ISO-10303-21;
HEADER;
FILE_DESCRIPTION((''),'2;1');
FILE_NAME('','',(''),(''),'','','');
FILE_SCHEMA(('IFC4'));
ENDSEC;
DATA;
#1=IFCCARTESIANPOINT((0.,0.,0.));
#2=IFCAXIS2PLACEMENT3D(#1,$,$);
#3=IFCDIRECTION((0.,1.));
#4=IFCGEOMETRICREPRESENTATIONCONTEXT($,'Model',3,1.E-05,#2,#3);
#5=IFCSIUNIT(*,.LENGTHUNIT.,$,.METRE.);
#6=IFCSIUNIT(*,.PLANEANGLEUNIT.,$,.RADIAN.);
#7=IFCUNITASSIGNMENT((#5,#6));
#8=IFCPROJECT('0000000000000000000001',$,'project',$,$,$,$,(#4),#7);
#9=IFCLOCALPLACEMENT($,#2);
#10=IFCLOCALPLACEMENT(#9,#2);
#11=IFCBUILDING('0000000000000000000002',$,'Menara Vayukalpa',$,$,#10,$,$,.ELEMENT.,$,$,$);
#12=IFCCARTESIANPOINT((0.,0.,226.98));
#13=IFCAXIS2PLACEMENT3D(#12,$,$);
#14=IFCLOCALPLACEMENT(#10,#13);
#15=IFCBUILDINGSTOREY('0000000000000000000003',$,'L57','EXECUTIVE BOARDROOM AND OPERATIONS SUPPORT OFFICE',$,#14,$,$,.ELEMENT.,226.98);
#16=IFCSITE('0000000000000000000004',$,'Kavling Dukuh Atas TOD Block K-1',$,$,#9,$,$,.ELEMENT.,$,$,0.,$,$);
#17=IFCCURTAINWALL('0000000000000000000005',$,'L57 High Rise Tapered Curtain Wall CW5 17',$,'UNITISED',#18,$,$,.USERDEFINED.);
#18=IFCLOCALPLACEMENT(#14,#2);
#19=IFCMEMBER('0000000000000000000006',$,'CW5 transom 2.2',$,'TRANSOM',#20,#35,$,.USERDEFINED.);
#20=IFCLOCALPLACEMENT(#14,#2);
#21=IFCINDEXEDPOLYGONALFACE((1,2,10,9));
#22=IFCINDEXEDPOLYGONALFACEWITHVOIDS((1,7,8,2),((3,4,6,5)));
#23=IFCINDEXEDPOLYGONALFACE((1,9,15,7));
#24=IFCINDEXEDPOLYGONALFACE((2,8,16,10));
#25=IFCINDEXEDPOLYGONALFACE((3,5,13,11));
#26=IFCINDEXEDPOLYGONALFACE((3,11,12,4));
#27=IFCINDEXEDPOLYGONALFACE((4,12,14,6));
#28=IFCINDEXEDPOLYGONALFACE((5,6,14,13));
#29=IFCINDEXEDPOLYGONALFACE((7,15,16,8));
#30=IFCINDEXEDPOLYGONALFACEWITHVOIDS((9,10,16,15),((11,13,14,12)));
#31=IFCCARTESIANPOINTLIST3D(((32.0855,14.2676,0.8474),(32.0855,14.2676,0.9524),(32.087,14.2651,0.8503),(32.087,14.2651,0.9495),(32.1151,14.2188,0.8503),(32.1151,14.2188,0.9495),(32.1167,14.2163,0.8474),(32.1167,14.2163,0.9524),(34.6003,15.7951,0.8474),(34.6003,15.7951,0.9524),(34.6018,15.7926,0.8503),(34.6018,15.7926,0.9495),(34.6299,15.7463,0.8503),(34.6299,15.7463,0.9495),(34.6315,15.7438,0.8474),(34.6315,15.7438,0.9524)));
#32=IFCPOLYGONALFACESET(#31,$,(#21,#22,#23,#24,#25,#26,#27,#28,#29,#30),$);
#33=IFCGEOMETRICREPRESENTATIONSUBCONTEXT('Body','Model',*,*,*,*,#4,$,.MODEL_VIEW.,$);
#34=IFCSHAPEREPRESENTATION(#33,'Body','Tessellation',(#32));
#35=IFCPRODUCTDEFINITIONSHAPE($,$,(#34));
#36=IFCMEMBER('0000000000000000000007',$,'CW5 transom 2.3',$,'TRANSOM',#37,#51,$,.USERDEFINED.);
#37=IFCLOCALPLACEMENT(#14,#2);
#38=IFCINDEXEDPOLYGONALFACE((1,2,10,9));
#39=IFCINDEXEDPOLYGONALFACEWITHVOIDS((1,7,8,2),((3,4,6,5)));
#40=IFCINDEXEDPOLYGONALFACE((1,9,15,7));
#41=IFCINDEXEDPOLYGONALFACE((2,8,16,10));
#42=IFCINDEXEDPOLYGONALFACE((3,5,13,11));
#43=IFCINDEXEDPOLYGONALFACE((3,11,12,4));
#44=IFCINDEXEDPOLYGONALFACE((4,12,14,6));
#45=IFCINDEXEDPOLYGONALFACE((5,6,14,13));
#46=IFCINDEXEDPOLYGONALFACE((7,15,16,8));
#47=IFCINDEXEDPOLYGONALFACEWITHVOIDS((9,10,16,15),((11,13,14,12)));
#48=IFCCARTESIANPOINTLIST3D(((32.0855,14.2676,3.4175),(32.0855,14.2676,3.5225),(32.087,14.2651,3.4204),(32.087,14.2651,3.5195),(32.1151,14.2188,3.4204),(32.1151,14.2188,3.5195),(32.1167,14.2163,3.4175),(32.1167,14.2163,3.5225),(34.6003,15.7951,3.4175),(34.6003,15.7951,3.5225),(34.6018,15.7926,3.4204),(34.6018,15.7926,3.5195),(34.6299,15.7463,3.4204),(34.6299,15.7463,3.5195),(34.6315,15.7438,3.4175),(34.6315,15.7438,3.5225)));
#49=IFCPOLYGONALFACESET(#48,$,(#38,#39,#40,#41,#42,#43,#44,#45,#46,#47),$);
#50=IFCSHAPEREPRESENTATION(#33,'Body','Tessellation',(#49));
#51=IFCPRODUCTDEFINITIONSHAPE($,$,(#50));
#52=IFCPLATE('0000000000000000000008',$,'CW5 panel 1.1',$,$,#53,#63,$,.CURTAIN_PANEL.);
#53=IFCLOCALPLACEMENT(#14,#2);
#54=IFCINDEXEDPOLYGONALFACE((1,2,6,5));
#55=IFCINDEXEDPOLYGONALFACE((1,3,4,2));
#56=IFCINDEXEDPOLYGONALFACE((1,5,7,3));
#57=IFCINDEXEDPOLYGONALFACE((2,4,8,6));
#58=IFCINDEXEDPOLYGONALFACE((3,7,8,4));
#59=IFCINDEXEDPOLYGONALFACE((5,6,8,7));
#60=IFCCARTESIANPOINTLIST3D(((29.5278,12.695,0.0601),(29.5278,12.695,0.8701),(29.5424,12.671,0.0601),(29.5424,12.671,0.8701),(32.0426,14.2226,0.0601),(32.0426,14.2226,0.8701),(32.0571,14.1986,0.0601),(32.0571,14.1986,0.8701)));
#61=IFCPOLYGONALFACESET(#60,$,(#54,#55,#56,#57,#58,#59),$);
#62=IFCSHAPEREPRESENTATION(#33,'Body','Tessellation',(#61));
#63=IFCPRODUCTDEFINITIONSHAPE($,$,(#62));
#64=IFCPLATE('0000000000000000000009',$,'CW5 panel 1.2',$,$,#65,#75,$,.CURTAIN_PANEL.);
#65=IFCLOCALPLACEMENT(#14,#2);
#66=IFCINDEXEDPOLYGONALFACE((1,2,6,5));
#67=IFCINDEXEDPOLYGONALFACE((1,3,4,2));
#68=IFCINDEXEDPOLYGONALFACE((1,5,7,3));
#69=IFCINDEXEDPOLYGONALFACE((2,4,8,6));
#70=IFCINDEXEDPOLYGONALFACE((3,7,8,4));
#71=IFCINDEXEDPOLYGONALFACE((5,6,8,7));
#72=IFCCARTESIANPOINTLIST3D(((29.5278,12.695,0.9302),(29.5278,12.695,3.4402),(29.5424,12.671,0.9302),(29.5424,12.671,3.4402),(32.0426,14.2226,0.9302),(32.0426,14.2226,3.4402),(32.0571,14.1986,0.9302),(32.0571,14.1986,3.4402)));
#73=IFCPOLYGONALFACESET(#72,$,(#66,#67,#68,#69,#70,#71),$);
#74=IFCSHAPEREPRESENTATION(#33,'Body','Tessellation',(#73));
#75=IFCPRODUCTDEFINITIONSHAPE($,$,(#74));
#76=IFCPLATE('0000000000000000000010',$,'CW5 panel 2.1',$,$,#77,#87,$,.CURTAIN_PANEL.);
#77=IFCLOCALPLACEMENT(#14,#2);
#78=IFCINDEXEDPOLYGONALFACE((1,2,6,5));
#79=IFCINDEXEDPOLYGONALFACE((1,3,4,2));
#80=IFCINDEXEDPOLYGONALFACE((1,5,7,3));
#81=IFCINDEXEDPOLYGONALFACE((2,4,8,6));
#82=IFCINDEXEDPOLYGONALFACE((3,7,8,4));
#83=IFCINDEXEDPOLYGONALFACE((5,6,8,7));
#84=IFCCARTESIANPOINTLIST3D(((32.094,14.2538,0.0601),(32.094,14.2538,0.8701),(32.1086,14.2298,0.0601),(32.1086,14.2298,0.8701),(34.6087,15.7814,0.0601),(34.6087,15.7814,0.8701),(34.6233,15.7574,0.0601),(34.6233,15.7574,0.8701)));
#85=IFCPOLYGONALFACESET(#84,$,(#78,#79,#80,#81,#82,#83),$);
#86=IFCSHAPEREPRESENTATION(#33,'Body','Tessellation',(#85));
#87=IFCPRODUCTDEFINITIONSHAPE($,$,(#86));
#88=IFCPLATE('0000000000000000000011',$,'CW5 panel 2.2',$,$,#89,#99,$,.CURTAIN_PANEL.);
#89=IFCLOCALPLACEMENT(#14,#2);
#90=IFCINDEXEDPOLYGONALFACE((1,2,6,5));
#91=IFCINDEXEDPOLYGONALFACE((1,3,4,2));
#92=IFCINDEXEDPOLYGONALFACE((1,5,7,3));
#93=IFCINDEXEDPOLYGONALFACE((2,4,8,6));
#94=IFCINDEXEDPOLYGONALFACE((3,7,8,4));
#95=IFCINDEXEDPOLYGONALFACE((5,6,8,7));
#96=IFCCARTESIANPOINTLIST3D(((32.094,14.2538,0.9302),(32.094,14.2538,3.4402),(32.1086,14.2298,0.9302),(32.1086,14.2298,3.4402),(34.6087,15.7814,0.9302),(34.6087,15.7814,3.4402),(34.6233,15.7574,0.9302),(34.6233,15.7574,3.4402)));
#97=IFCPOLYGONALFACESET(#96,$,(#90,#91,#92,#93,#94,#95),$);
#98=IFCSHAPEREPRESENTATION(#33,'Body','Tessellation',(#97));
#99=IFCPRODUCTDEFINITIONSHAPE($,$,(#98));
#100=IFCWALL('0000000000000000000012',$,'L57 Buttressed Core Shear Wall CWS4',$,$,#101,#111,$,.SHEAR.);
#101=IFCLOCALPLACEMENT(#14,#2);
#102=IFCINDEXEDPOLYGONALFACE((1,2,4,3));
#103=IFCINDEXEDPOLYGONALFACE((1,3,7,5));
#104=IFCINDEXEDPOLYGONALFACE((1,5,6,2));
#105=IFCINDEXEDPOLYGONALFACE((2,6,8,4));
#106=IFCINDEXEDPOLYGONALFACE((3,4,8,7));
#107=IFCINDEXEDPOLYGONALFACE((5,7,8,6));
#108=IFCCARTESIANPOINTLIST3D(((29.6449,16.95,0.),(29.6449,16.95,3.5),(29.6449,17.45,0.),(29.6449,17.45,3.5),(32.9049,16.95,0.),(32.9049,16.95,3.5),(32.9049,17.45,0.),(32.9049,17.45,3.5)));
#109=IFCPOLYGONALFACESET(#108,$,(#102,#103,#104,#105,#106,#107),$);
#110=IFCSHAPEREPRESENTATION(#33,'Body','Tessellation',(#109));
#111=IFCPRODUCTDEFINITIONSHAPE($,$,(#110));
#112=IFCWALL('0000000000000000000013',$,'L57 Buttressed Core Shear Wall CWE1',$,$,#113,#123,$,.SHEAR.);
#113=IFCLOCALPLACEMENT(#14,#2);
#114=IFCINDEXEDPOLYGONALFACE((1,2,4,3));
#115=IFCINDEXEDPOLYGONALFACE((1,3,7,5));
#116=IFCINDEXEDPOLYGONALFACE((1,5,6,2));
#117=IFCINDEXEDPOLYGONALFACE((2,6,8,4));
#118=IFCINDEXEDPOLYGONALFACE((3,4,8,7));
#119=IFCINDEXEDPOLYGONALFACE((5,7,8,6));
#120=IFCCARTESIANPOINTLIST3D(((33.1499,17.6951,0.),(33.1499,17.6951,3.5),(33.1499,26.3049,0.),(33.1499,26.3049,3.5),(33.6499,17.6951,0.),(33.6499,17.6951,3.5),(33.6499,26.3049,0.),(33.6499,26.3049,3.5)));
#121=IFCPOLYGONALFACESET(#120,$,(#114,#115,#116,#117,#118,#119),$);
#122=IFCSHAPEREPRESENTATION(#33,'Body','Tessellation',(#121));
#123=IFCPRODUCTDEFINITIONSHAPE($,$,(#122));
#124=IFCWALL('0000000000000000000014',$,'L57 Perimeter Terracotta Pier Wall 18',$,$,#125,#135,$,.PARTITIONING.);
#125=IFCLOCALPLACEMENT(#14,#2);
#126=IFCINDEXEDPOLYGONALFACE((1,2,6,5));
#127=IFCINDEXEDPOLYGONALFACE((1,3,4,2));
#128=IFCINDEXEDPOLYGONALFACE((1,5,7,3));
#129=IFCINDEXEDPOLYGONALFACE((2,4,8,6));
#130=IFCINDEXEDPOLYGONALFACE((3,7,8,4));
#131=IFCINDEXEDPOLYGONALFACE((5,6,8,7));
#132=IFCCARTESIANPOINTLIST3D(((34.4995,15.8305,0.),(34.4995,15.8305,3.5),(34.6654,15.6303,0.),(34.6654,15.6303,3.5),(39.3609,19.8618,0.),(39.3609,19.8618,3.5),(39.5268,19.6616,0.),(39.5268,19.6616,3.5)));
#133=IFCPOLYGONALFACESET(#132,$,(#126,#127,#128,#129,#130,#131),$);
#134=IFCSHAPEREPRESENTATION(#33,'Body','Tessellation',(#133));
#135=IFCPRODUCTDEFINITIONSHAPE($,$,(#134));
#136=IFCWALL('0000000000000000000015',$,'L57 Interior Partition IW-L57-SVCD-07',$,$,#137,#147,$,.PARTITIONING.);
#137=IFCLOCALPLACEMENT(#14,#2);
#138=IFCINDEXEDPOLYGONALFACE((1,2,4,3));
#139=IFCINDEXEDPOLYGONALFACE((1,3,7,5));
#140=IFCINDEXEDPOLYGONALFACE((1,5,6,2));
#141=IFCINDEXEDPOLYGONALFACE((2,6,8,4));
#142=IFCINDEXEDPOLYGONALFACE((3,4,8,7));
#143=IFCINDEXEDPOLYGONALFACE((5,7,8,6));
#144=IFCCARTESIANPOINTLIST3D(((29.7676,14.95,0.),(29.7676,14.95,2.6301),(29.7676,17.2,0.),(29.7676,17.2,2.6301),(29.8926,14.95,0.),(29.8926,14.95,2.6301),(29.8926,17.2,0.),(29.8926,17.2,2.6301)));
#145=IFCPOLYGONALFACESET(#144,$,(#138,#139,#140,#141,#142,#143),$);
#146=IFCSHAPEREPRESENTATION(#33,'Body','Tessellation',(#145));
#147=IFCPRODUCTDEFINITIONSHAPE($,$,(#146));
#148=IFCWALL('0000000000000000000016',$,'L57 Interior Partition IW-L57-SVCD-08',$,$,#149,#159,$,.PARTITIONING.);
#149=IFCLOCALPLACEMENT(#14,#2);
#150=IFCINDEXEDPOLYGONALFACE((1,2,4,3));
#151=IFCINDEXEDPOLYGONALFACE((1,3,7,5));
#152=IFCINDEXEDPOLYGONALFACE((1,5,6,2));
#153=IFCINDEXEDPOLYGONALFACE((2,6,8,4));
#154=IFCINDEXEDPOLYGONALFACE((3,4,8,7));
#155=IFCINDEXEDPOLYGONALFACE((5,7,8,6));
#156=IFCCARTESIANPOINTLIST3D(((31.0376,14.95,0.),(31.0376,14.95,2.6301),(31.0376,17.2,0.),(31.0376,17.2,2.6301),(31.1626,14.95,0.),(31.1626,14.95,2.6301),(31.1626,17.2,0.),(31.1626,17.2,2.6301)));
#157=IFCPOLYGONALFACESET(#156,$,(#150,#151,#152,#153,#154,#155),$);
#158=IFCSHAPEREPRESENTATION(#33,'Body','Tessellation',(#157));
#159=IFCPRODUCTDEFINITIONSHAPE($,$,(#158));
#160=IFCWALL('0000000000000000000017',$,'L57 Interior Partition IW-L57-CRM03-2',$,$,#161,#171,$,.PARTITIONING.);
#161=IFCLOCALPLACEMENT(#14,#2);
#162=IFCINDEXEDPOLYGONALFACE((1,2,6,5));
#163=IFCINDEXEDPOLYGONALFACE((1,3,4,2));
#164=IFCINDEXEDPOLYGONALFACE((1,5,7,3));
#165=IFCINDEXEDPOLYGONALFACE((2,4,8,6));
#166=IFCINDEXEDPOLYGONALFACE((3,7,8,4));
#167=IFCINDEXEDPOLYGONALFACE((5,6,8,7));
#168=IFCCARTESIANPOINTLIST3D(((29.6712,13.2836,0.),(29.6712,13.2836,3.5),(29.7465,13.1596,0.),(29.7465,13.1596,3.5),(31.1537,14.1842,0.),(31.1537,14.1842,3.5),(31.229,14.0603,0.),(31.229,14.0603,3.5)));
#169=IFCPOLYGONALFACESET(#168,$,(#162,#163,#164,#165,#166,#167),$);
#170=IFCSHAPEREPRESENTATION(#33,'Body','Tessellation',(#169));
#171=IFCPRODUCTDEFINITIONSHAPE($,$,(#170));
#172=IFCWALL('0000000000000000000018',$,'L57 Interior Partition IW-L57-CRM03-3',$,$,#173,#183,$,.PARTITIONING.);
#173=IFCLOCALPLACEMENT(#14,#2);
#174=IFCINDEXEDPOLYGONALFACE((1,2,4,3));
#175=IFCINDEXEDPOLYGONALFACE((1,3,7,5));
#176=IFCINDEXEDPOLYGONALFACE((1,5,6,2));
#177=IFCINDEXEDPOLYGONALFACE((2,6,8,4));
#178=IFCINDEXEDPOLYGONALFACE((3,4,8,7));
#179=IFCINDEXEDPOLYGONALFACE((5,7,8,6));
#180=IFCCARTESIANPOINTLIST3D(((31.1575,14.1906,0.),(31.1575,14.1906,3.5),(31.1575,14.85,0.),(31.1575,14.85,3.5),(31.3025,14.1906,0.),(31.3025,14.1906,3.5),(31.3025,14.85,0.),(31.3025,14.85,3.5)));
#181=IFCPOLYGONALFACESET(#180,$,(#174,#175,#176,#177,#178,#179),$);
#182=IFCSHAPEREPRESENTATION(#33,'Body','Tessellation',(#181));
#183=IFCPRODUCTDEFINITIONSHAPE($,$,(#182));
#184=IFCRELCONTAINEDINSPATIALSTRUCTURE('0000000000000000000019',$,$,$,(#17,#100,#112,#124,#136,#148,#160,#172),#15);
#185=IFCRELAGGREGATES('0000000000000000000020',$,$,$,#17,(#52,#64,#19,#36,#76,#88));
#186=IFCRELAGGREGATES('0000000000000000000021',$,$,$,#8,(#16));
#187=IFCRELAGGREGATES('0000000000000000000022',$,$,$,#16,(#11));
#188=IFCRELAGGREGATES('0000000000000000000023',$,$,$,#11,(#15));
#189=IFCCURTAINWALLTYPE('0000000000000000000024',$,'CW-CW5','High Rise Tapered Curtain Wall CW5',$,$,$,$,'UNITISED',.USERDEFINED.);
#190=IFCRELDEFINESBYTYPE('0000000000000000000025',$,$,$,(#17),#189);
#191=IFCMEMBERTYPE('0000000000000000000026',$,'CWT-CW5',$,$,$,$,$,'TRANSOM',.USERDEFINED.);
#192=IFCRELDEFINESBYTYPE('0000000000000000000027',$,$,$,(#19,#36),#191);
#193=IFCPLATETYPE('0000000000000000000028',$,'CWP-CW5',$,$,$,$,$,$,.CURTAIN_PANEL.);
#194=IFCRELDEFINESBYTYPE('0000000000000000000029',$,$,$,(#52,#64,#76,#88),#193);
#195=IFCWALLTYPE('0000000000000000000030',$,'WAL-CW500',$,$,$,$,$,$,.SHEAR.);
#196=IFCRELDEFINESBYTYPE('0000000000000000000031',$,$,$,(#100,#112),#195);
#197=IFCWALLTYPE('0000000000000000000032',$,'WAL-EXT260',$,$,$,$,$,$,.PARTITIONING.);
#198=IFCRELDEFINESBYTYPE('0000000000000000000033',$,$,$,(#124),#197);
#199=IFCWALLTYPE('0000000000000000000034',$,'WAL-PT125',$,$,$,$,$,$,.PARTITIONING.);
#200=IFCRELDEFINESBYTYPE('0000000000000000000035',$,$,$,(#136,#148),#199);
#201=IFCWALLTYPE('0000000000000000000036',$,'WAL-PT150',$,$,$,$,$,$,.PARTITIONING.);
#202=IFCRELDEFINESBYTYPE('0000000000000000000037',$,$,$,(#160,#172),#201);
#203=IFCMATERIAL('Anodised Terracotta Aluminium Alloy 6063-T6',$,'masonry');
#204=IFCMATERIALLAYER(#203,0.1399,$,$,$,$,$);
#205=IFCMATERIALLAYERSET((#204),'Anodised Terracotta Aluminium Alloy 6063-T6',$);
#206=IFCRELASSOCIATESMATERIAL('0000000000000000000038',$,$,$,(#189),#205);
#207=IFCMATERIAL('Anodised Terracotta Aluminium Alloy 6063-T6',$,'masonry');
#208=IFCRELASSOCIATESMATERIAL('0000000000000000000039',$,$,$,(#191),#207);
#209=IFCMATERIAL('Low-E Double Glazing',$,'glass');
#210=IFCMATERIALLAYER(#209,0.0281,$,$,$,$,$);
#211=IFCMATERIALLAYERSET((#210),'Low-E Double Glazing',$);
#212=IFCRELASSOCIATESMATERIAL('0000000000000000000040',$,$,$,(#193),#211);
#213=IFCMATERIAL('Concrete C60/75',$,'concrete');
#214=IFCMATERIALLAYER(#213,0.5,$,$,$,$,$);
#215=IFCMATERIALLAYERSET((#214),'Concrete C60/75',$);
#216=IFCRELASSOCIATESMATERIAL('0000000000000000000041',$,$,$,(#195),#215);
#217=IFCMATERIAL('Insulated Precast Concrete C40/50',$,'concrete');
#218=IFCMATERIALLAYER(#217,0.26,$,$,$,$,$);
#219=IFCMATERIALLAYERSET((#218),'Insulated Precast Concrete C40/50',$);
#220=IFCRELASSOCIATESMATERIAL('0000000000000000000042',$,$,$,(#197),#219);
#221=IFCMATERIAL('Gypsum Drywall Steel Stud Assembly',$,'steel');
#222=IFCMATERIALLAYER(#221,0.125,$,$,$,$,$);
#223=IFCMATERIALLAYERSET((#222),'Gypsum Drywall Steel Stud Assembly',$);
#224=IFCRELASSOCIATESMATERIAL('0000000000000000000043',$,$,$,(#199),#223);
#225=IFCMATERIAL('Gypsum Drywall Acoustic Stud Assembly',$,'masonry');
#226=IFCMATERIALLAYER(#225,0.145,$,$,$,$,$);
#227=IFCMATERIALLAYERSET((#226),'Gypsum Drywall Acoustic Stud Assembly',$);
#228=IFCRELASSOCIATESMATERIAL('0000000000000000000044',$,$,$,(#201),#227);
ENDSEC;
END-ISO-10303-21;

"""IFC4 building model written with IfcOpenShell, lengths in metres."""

from ifc_helpers import new_model, si_unit, direction, frame, frame_2d, origin, origin_2d, place, context, subcontext, project, spatial, rectangle, hollow_rectangle, extrude, material, layer, layer_set, material_profile, profile_set, type_object, element, aggregate, save


model = new_model("IFC4")

# Units and contexts
model_context = context("Model", 3, precision=1e-05, world=origin(), true_north=direction((0.0, 1.0)))
body_context = subcontext(model_context, "Body", "Model", "MODEL_VIEW")
ifc_project = project(units=[si_unit("LENGTHUNIT", "METRE"), si_unit("PLANEANGLEUNIT", "RADIAN")], contexts=[model_context])

# Site, building, storey
site_placement = place(None, origin())
site = spatial("IfcSite", under=ifc_project, at=site_placement, Name="Kavling Dukuh Atas TOD Block K-1", CompositionType="ELEMENT", RefElevation=0.0)
building_placement = place(site_placement, origin())
building = spatial("IfcBuilding", under=site, at=building_placement, Name="Menara Vayukalpa", CompositionType="ELEMENT")
storey_placement = place(building_placement, frame((0.0, 0.0, 226.98)))
storey = spatial("IfcBuildingStorey", under=building, at=storey_placement, Name="L57", Description="EXECUTIVE BOARDROOM AND OPERATIONS SUPPORT OFFICE", CompositionType="ELEMENT", Elevation=226.98)

# Curtain wall, members, plates
ifc_material_1 = material(Name="Anodised Terracotta Aluminium Alloy 6063-T6", Category="masonry")
ifc_layer_1 = layer(ifc_material_1, 0.1399)
ifc_layer_set_1 = layer_set([ifc_layer_1], Name="Anodised Terracotta Aluminium Alloy 6063-T6")
curtain_wall_type = type_object("IfcCurtainWallType", Name="CW-CW5", Description="High Rise Tapered Curtain Wall CW5", ElementType="UNITISED", PredefinedType="USERDEFINED", material=ifc_layer_set_1)
curtain_wall_placement = place(storey_placement, origin())
curtain_wall = element("IfcCurtainWall", 1, at=curtain_wall_placement, inside=storey, type_object=curtain_wall_type, Name="L57 High Rise Tapered Curtain Wall CW5 17", ObjectType="UNITISED", PredefinedType="USERDEFINED")
ifc_material_2 = material(Name="Anodised Terracotta Aluminium Alloy 6063-T6", Category="masonry")
ifc_material_profile_1 = material_profile(ifc_material_2, hollow_rectangle(XDim=0.0601, YDim=0.105, WallThickness=0.0029, at=origin_2d()), Name="ALU 60x105x3")
ifc_profile_set_1 = profile_set([ifc_material_profile_1], Name="Anodised Terracotta Aluminium Alloy 6063-T6")
member_type_1 = type_object("IfcMemberType", Name="CWT-CW5", ElementType="TRANSOM", PredefinedType="USERDEFINED", material=ifc_profile_set_1)
member_1_placement = place(storey_placement, frame((32.1011, 14.2419, 0.8999), z_axis=(0.854684, 0.519149, 0.0), x_axis=(-0.519149, 0.854684, 0.0)))
member_1 = element("IfcMember", 2, at=member_1_placement, type_object=member_type_1, Name="CW5 transom 2.2", ObjectType="TRANSOM", PredefinedType="USERDEFINED", context=body_context, shape_type="SweptSolid", body=[
    extrude(hollow_rectangle(XDim=0.0601, YDim=0.105, WallThickness=0.0029, at=origin_2d()), origin(), (0.0, 0.0, 1.0), 2.9424),
])
member_2_placement = place(storey_placement, frame((32.1011, 14.2419, 3.47), z_axis=(0.854684, 0.519149, 0.0), x_axis=(-0.519149, 0.854684, 0.0)))
member_2 = element("IfcMember", 3, at=member_2_placement, type_object=member_type_1, Name="CW5 transom 2.3", ObjectType="TRANSOM", PredefinedType="USERDEFINED", context=body_context, shape_type="SweptSolid", body=[
    extrude(hollow_rectangle(XDim=0.0601, YDim=0.105, WallThickness=0.0029, at=origin_2d()), origin(), (0.0, 0.0, 1.0), 2.9424),
])
ifc_material_3 = material(Name="Low-E Double Glazing", Category="glass")
ifc_layer_2 = layer(ifc_material_3, 0.0281)
ifc_layer_set_2 = layer_set([ifc_layer_2], Name="Low-E Double Glazing")
plate_type = type_object("IfcPlateType", Name="CWP-CW5", PredefinedType="CURTAIN_PANEL", material=ifc_layer_set_2)
plate_1_placement = place(storey_placement, frame((30.7925, 13.4468, 0.0601), z_axis=(0.0, 0.0, 1.0), x_axis=(0.854665, 0.51918, 0.0)))
plate_1 = element("IfcPlate", 4, at=plate_1_placement, type_object=plate_type, Name="CW5 panel 1.1", PredefinedType="CURTAIN_PANEL", context=body_context, shape_type="SweptSolid", body=[
    extrude(rectangle(XDim=2.9424, YDim=0.0281, at=origin_2d()), origin(), (0.0, 0.0, 1.0), 0.8101),
])
plate_2_placement = place(storey_placement, frame((30.7925, 13.4468, 0.9302), z_axis=(0.0, 0.0, 1.0), x_axis=(0.854665, 0.51918, 0.0)))
plate_2 = element("IfcPlate", 5, at=plate_2_placement, type_object=plate_type, Name="CW5 panel 1.2", PredefinedType="CURTAIN_PANEL", context=body_context, shape_type="SweptSolid", body=[
    extrude(rectangle(XDim=2.9424, YDim=0.0281, at=origin_2d()), origin(), (0.0, 0.0, 1.0), 2.51),
])
plate_3_placement = place(storey_placement, frame((33.3586, 15.0056, 0.0601), z_axis=(0.0, 0.0, 1.0), x_axis=(0.854665, 0.51918, 0.0)))
plate_3 = element("IfcPlate", 6, at=plate_3_placement, type_object=plate_type, Name="CW5 panel 2.1", PredefinedType="CURTAIN_PANEL", context=body_context, shape_type="SweptSolid", body=[
    extrude(rectangle(XDim=2.9424, YDim=0.0281, at=origin_2d()), origin(), (0.0, 0.0, 1.0), 0.8101),
])
plate_4_placement = place(storey_placement, frame((33.3586, 15.0056, 0.9302), z_axis=(0.0, 0.0, 1.0), x_axis=(0.854665, 0.51918, 0.0)))
plate_4 = element("IfcPlate", 7, at=plate_4_placement, type_object=plate_type, Name="CW5 panel 2.2", PredefinedType="CURTAIN_PANEL", context=body_context, shape_type="SweptSolid", body=[
    extrude(rectangle(XDim=2.9424, YDim=0.0281, at=origin_2d()), origin(), (0.0, 0.0, 1.0), 2.51),
])
aggregate(curtain_wall, [plate_1, plate_2, member_1, member_2, plate_3, plate_4])

# Walls
ifc_material_4 = material(Name="Concrete C60/75", Category="concrete")
ifc_layer_3 = layer(ifc_material_4, 0.5)
ifc_layer_set_3 = layer_set([ifc_layer_3], Name="Concrete C60/75")
wall_type_1 = type_object("IfcWallType", Name="WAL-CW500", PredefinedType="SHEAR", material=ifc_layer_set_3)
wall_1_placement = place(storey_placement, frame((29.645, 17.2, 0.0), z_axis=(0.0, 0.0, 1.0), x_axis=(1.0, 0.0, 0.0)))
element("IfcWall", 8, at=wall_1_placement, inside=storey, type_object=wall_type_1, Name="L57 Buttressed Core Shear Wall CWS4", PredefinedType="SHEAR", context=body_context, shape_type="SweptSolid", body=[
    extrude(rectangle(XDim=3.26, YDim=0.5, at=frame_2d((1.6299, 0.0))), origin(), (0.0, 0.0, 1.0), 3.5),
])
wall_2_placement = place(storey_placement, frame((33.3999, 17.6951, 0.0), z_axis=(0.0, 0.0, 1.0), x_axis=(0.0, 1.0, 0.0)))
element("IfcWall", 9, at=wall_2_placement, inside=storey, type_object=wall_type_1, Name="L57 Buttressed Core Shear Wall CWE1", PredefinedType="SHEAR", context=body_context, shape_type="SweptSolid", body=[
    extrude(rectangle(XDim=8.6099, YDim=0.5, at=frame_2d((4.3049, 0.0))), origin(), (0.0, 0.0, 1.0), 3.5),
])
ifc_material_5 = material(Name="Insulated Precast Concrete C40/50", Category="concrete")
ifc_layer_4 = layer(ifc_material_5, 0.26)
ifc_layer_set_4 = layer_set([ifc_layer_4], Name="Insulated Precast Concrete C40/50")
wall_type_2 = type_object("IfcWallType", Name="WAL-EXT260", PredefinedType="PARTITIONING", material=ifc_layer_set_4)
wall_3_placement = place(storey_placement, frame((39.4438, 19.7617, 0.0), z_axis=(0.0, 0.0, 1.0), x_axis=(-0.769765, -0.638327, 0.0)))
element("IfcWall", 10, at=wall_3_placement, inside=storey, type_object=wall_type_2, Name="L57 Perimeter Terracotta Pier Wall 18", PredefinedType="PARTITIONING", context=body_context, shape_type="SweptSolid", body=[
    extrude(rectangle(XDim=6.3154, YDim=0.26, at=frame_2d((3.1577, 0.0))), origin(), (0.0, 0.0, 1.0), 3.5),
])
ifc_material_6 = material(Name="Gypsum Drywall Steel Stud Assembly", Category="steel")
ifc_layer_5 = layer(ifc_material_6, 0.125)
ifc_layer_set_5 = layer_set([ifc_layer_5], Name="Gypsum Drywall Steel Stud Assembly")
wall_type_3 = type_object("IfcWallType", Name="WAL-PT125", PredefinedType="PARTITIONING", material=ifc_layer_set_5)
for number, where, z_axis, x_axis, name in (
    (11, (29.8301, 14.95, 0.0), (0.0, 0.0, 1.0), (0.0, 1.0, 0.0), "L57 Interior Partition IW-L57-SVCD-07"),
    (12, (31.1001, 14.95, 0.0), (0.0, 0.0, 1.0), (0.0, 1.0, 0.0), "L57 Interior Partition IW-L57-SVCD-08"),
):
    element("IfcWall", number, at=place(storey_placement, frame(where, z_axis=z_axis, x_axis=x_axis)), inside=storey, type_object=wall_type_3, Name=name, PredefinedType="PARTITIONING", context=body_context, shape_type="SweptSolid", body=[
        extrude(rectangle(XDim=2.25, YDim=0.125, at=frame_2d((1.125, 0.0))), origin(), (0.0, 0.0, 1.0), 2.6301),
    ])
ifc_material_7 = material(Name="Gypsum Drywall Acoustic Stud Assembly", Category="masonry")
ifc_layer_6 = layer(ifc_material_7, 0.145)
ifc_layer_set_6 = layer_set([ifc_layer_6], Name="Gypsum Drywall Acoustic Stud Assembly")
wall_type_4 = type_object("IfcWallType", Name="WAL-PT150", PredefinedType="PARTITIONING", material=ifc_layer_set_6)
wall_4_placement = place(storey_placement, frame((29.709, 13.2217, 0.0), z_axis=(0.0, 0.0, 1.0), x_axis=(0.854636, 0.519228, 0.0)))
element("IfcWall", 13, at=wall_4_placement, inside=storey, type_object=wall_type_4, Name="L57 Interior Partition IW-L57-CRM03-2", PredefinedType="PARTITIONING", context=body_context, shape_type="SweptSolid", body=[
    extrude(rectangle(XDim=1.7346, YDim=0.145, at=frame_2d((0.8672, 0.0))), origin(), (0.0, 0.0, 1.0), 3.5),
])
wall_5_placement = place(storey_placement, frame((31.23, 14.1907, 0.0), z_axis=(0.0, 0.0, 1.0), x_axis=(0.0, 1.0, 0.0)))
element("IfcWall", 14, at=wall_5_placement, inside=storey, type_object=wall_type_4, Name="L57 Interior Partition IW-L57-CRM03-3", PredefinedType="PARTITIONING", context=body_context, shape_type="SweptSolid", body=[
    extrude(rectangle(XDim=0.6594, YDim=0.145, at=frame_2d((0.3296, 0.0))), origin(), (0.0, 0.0, 1.0), 3.5),
])

save(model, "model.ifc")
